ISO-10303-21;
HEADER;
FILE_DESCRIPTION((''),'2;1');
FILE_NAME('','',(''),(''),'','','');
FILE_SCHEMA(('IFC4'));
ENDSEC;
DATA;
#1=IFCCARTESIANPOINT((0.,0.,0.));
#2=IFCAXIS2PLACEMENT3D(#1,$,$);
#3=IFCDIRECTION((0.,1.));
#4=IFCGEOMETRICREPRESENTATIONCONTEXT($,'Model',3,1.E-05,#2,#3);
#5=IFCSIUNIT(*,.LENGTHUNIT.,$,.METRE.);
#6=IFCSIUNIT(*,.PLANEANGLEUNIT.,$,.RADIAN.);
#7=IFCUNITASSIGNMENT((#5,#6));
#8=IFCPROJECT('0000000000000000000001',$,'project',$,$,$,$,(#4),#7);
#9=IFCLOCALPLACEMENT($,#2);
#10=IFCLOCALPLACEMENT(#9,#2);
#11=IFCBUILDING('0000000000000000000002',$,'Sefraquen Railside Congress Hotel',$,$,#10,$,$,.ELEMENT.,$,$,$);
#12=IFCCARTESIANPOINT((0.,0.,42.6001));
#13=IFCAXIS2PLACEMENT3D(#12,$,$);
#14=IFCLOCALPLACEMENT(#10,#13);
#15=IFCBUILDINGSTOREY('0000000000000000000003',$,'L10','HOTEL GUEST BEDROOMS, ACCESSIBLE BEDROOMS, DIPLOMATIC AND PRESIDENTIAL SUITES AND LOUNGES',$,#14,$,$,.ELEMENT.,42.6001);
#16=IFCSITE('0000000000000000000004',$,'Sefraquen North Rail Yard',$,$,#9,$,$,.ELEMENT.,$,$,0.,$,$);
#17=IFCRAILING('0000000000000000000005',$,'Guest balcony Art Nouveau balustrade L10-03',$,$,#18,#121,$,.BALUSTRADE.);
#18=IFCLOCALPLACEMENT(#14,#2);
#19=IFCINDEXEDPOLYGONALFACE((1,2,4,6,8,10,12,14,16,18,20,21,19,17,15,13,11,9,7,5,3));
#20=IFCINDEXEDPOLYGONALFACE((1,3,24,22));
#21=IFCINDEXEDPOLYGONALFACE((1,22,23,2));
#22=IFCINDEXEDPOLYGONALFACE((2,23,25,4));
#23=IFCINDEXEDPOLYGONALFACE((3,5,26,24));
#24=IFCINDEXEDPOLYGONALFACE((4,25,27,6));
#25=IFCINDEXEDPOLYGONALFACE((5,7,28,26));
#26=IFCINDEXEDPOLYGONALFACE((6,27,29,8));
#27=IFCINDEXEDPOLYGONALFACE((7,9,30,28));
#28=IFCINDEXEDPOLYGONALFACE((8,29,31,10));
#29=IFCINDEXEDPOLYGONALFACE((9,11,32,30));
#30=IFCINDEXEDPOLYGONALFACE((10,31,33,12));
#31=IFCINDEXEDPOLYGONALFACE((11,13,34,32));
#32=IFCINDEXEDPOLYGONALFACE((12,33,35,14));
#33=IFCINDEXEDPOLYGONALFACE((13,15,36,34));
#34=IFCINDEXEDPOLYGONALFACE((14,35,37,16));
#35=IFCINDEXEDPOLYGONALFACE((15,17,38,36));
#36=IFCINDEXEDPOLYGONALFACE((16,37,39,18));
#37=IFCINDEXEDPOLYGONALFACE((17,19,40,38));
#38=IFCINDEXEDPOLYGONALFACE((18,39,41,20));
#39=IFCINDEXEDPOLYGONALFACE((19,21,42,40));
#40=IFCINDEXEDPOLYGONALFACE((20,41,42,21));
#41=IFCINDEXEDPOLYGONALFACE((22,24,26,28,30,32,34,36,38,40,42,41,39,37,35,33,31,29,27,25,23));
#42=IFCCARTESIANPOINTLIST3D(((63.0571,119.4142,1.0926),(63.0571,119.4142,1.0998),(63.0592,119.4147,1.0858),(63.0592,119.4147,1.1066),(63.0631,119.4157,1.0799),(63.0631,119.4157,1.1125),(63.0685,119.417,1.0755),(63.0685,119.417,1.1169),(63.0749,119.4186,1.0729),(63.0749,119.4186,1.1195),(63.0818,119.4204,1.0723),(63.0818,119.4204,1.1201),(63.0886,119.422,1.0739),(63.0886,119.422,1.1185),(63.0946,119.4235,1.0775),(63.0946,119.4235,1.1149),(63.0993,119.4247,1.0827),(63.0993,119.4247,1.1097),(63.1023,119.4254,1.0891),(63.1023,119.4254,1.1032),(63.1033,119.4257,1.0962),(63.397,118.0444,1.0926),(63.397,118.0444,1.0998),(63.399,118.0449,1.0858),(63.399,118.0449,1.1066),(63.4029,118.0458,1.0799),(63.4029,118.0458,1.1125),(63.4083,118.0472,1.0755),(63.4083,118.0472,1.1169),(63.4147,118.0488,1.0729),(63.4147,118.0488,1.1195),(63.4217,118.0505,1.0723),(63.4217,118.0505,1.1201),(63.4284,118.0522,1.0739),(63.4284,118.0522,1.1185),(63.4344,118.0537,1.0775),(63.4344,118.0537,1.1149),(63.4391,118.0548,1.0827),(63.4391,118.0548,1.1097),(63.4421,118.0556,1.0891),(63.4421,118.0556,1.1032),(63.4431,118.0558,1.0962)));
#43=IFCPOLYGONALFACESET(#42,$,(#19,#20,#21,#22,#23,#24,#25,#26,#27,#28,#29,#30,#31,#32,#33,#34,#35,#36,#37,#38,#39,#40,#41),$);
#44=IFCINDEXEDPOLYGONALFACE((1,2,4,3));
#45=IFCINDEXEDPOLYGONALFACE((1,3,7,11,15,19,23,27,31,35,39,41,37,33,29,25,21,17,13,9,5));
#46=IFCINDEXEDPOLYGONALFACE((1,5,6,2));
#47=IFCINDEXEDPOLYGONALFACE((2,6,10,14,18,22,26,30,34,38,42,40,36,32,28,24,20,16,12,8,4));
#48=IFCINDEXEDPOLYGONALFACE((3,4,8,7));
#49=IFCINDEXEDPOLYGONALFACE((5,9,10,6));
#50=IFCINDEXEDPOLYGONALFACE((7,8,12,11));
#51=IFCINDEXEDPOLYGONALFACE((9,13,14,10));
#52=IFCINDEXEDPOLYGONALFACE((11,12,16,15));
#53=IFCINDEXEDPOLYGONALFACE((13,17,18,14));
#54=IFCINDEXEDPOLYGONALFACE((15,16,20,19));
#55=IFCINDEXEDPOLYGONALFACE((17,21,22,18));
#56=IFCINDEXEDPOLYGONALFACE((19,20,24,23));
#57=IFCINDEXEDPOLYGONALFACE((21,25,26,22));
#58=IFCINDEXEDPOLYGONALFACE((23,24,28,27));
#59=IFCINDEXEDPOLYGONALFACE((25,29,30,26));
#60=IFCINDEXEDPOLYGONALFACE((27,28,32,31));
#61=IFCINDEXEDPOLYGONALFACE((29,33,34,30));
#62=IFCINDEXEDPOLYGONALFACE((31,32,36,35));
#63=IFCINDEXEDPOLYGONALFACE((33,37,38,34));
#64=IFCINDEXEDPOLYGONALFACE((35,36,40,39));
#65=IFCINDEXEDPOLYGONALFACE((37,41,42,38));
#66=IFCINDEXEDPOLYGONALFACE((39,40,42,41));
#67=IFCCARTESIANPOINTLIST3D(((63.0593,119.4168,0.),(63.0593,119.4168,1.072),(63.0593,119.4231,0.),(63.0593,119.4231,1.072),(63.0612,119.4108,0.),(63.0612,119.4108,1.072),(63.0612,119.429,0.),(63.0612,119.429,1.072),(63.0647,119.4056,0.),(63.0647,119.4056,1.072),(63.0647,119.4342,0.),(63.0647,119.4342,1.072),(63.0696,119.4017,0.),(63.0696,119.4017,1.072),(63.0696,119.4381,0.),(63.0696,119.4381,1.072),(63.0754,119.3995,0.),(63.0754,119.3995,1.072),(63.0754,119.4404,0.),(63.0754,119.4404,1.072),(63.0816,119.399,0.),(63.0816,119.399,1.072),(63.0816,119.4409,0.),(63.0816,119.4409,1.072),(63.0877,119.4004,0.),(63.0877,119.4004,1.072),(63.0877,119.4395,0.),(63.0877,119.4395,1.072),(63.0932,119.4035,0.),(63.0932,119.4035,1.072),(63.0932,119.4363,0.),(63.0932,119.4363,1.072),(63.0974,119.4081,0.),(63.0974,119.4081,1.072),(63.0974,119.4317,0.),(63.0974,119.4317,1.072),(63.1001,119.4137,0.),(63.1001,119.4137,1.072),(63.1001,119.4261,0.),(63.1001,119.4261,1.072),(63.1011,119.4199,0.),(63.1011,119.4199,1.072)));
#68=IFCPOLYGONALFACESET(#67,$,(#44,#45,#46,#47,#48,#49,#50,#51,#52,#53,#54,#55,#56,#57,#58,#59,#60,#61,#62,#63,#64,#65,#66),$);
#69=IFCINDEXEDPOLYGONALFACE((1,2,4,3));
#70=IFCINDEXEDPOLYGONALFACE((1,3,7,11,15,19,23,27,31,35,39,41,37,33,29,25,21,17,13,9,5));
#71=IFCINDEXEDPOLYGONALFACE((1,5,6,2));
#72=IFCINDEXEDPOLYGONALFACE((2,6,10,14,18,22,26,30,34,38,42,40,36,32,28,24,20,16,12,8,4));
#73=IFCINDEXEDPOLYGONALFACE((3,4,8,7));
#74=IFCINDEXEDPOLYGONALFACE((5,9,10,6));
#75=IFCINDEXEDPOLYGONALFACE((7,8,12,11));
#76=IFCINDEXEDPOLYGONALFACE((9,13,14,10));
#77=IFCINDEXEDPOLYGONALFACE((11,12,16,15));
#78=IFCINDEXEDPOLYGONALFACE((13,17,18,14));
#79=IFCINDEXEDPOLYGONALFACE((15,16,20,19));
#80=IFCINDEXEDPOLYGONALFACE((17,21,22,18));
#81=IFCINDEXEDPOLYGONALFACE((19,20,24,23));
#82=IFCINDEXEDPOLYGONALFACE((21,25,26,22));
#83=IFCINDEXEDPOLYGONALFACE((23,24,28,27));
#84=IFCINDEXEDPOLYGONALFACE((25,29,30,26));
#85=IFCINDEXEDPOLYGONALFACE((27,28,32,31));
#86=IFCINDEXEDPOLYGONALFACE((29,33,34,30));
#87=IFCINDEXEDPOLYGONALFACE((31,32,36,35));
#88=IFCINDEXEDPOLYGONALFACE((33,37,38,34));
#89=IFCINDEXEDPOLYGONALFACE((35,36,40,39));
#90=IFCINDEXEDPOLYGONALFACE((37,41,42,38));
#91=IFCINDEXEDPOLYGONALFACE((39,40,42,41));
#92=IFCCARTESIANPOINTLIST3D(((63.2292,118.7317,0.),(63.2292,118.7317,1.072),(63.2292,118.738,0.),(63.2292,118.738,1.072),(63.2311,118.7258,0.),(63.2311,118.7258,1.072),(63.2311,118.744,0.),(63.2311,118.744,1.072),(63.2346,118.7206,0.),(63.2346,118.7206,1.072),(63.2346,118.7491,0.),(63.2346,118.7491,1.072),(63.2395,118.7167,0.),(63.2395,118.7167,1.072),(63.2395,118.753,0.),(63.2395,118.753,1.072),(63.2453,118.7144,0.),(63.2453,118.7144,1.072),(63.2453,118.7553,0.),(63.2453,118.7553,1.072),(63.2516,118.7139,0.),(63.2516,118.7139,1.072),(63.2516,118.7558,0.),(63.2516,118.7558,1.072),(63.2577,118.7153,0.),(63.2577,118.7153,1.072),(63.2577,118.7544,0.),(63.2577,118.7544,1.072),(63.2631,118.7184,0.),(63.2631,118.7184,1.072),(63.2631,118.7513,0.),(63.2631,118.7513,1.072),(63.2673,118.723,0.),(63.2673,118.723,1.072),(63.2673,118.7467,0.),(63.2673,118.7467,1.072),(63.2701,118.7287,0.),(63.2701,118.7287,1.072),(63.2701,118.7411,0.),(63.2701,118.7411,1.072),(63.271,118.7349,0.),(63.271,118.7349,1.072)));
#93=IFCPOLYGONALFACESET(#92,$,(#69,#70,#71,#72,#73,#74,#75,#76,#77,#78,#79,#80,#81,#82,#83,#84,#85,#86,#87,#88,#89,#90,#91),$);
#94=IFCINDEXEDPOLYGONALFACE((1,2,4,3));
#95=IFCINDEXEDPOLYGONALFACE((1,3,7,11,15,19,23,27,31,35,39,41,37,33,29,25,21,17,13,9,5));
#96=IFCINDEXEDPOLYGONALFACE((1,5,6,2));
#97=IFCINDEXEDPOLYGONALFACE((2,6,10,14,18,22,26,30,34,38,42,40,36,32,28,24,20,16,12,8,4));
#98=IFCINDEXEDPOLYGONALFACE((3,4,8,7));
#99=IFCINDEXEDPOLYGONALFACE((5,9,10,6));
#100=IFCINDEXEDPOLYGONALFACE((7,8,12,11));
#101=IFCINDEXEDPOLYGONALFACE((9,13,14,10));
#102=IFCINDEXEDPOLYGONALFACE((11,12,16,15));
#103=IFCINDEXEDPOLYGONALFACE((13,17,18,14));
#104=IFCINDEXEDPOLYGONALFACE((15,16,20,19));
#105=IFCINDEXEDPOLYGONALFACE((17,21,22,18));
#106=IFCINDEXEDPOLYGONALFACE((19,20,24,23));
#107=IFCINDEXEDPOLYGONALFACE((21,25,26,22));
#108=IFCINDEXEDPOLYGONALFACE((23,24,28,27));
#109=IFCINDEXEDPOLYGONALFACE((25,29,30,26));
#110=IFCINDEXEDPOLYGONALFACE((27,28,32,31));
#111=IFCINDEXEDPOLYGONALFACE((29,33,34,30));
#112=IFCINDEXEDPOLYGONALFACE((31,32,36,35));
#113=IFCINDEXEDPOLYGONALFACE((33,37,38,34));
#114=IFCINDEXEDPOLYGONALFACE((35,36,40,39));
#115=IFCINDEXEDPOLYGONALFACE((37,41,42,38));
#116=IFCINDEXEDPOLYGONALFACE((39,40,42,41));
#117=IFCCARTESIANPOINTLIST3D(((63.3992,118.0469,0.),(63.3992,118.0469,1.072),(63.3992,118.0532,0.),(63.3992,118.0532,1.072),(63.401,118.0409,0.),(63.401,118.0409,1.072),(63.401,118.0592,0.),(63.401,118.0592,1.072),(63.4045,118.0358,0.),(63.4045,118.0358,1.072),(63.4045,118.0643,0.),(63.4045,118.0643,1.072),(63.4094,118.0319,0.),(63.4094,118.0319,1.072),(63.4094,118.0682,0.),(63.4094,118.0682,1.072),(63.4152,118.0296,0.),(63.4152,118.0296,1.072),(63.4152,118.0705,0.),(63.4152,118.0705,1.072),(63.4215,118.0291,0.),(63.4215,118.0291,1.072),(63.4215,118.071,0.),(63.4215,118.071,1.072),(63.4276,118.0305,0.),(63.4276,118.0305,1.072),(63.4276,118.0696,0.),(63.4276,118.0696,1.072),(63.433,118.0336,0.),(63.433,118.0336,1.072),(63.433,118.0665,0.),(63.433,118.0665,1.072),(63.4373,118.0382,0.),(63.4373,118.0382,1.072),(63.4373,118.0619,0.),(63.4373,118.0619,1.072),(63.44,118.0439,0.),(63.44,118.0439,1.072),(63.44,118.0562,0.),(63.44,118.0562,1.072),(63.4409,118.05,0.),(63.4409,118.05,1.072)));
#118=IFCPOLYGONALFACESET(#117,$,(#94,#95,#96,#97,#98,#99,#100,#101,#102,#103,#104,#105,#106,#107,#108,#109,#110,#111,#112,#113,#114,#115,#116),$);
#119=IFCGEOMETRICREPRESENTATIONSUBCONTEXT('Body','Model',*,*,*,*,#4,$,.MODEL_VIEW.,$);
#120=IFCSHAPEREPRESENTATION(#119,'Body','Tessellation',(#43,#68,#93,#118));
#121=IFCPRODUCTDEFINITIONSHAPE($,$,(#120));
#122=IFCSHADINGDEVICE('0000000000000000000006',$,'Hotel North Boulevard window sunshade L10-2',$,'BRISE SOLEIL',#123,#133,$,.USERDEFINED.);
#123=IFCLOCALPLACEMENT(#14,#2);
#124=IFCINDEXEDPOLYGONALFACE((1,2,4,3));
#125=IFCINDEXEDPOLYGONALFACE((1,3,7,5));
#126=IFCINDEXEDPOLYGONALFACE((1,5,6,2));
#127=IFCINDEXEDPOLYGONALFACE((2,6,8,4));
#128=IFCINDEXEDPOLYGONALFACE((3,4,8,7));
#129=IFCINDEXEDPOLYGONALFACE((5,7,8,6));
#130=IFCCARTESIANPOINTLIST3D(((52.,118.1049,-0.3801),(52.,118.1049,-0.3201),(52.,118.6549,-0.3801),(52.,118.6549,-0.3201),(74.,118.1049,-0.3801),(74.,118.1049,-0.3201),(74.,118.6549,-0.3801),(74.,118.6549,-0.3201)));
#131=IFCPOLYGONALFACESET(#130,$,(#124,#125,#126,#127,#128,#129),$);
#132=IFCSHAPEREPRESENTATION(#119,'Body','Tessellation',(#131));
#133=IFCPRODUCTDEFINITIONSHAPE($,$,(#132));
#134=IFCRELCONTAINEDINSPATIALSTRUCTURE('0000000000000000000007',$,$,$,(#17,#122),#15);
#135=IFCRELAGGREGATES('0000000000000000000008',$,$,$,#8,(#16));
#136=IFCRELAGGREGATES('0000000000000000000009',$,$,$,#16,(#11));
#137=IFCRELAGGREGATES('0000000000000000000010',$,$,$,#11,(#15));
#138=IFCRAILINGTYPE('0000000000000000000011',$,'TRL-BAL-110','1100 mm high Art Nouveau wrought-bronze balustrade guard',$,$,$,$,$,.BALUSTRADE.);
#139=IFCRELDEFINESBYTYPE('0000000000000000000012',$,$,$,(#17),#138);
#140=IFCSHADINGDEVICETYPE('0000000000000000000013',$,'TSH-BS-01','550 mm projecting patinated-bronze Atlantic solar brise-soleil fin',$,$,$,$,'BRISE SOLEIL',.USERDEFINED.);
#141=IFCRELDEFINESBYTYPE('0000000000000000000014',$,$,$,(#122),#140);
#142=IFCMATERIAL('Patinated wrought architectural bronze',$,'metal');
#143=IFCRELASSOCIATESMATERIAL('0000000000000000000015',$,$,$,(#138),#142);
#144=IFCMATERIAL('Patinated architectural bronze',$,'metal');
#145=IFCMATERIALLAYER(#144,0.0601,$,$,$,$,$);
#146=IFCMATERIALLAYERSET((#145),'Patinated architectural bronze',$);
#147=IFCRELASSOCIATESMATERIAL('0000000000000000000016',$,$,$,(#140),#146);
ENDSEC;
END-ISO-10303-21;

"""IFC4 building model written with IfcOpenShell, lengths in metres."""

from ifc_helpers import new_model, si_unit, direction, frame, origin, origin_2d, place, context, subcontext, project, spatial, rectangle, circle, extrude, material, layer, layer_set, type_object, element, save


model = new_model("IFC4")

# Units and contexts
model_context = context("Model", 3, precision=1e-05, world=origin(), true_north=direction((0.0, 1.0)))
body_context = subcontext(model_context, "Body", "Model", "MODEL_VIEW")
ifc_project = project(units=[si_unit("LENGTHUNIT", "METRE"), si_unit("PLANEANGLEUNIT", "RADIAN")], contexts=[model_context])

# Site, building, storey
site_placement = place(None, origin())
site = spatial("IfcSite", under=ifc_project, at=site_placement, Name="Sefraquen North Rail Yard", CompositionType="ELEMENT", RefElevation=0.0)
building_placement = place(site_placement, origin())
building = spatial("IfcBuilding", under=site, at=building_placement, Name="Sefraquen Railside Congress Hotel", CompositionType="ELEMENT")
storey_placement = place(building_placement, frame((0.0, 0.0, 42.6001)))
storey = spatial("IfcBuildingStorey", under=building, at=storey_placement, Name="L10", Description="HOTEL GUEST BEDROOMS, ACCESSIBLE BEDROOMS, DIPLOMATIC AND PRESIDENTIAL SUITES AND LOUNGES", CompositionType="ELEMENT", Elevation=42.6001)

# Railing
ifc_material_1 = material(Name="Patinated wrought architectural bronze", Category="metal")
railing_type = type_object("IfcRailingType", Name="TRL-BAL-110", Description="1100 mm high Art Nouveau wrought-bronze balustrade guard", PredefinedType="BALUSTRADE", material=ifc_material_1)
railing_1_placement = place(storey_placement, frame((63.0801, 119.4199, 0.0)))
element("IfcRailing", 1, at=railing_1_placement, inside=storey, type_object=railing_type, Name="Guest balcony Art Nouveau balustrade L10-03", PredefinedType="BALUSTRADE", context=body_context, shape_type="SweptSolid", body=[
    extrude(circle(Radius=0.0239, at=origin_2d()), frame((0.0, 0.0, 1.0962), z_axis=(0.240785, -0.970578, 0.0), x_axis=(0.970578, 0.240785, 0.0)), (0.0, 0.0, 1.0), 1.4114),
    extrude(circle(Radius=0.021, at=origin_2d()), origin(), (0.0, 0.0, 1.0), 1.072),
    extrude(circle(Radius=0.021, at=origin_2d()), frame((0.1699, -0.6851, 0.0)), (0.0, 0.0, 1.0), 1.072),
    extrude(circle(Radius=0.021, at=origin_2d()), frame((0.3398, -1.3699, 0.0)), (0.0, 0.0, 1.0), 1.072),
])

# Shading device
ifc_material_2 = material(Name="Patinated architectural bronze", Category="metal")
ifc_layer_1 = layer(ifc_material_2, 0.0601)
ifc_layer_set_1 = layer_set([ifc_layer_1], Name="Patinated architectural bronze")
shading_device_type = type_object("IfcShadingDeviceType", Name="TSH-BS-01", Description="550 mm projecting patinated-bronze Atlantic solar brise-soleil fin", ElementType="BRISE SOLEIL", PredefinedType="USERDEFINED", material=ifc_layer_set_1)
shading_device_placement = place(storey_placement, frame((63.0, 118.3799, -0.3801), z_axis=(0.0, 0.0, 1.0), x_axis=(1.0, 0.0, 0.0)))
element("IfcShadingDevice", 2, at=shading_device_placement, inside=storey, type_object=shading_device_type, Name="Hotel North Boulevard window sunshade L10-2", ObjectType="BRISE SOLEIL", PredefinedType="USERDEFINED", context=body_context, shape_type="SweptSolid", body=[
    extrude(rectangle(XDim=22.0, YDim=0.55, at=origin_2d()), origin(), (0.0, 0.0, 1.0), 0.0601),
])

save(model, "model.ifc")
